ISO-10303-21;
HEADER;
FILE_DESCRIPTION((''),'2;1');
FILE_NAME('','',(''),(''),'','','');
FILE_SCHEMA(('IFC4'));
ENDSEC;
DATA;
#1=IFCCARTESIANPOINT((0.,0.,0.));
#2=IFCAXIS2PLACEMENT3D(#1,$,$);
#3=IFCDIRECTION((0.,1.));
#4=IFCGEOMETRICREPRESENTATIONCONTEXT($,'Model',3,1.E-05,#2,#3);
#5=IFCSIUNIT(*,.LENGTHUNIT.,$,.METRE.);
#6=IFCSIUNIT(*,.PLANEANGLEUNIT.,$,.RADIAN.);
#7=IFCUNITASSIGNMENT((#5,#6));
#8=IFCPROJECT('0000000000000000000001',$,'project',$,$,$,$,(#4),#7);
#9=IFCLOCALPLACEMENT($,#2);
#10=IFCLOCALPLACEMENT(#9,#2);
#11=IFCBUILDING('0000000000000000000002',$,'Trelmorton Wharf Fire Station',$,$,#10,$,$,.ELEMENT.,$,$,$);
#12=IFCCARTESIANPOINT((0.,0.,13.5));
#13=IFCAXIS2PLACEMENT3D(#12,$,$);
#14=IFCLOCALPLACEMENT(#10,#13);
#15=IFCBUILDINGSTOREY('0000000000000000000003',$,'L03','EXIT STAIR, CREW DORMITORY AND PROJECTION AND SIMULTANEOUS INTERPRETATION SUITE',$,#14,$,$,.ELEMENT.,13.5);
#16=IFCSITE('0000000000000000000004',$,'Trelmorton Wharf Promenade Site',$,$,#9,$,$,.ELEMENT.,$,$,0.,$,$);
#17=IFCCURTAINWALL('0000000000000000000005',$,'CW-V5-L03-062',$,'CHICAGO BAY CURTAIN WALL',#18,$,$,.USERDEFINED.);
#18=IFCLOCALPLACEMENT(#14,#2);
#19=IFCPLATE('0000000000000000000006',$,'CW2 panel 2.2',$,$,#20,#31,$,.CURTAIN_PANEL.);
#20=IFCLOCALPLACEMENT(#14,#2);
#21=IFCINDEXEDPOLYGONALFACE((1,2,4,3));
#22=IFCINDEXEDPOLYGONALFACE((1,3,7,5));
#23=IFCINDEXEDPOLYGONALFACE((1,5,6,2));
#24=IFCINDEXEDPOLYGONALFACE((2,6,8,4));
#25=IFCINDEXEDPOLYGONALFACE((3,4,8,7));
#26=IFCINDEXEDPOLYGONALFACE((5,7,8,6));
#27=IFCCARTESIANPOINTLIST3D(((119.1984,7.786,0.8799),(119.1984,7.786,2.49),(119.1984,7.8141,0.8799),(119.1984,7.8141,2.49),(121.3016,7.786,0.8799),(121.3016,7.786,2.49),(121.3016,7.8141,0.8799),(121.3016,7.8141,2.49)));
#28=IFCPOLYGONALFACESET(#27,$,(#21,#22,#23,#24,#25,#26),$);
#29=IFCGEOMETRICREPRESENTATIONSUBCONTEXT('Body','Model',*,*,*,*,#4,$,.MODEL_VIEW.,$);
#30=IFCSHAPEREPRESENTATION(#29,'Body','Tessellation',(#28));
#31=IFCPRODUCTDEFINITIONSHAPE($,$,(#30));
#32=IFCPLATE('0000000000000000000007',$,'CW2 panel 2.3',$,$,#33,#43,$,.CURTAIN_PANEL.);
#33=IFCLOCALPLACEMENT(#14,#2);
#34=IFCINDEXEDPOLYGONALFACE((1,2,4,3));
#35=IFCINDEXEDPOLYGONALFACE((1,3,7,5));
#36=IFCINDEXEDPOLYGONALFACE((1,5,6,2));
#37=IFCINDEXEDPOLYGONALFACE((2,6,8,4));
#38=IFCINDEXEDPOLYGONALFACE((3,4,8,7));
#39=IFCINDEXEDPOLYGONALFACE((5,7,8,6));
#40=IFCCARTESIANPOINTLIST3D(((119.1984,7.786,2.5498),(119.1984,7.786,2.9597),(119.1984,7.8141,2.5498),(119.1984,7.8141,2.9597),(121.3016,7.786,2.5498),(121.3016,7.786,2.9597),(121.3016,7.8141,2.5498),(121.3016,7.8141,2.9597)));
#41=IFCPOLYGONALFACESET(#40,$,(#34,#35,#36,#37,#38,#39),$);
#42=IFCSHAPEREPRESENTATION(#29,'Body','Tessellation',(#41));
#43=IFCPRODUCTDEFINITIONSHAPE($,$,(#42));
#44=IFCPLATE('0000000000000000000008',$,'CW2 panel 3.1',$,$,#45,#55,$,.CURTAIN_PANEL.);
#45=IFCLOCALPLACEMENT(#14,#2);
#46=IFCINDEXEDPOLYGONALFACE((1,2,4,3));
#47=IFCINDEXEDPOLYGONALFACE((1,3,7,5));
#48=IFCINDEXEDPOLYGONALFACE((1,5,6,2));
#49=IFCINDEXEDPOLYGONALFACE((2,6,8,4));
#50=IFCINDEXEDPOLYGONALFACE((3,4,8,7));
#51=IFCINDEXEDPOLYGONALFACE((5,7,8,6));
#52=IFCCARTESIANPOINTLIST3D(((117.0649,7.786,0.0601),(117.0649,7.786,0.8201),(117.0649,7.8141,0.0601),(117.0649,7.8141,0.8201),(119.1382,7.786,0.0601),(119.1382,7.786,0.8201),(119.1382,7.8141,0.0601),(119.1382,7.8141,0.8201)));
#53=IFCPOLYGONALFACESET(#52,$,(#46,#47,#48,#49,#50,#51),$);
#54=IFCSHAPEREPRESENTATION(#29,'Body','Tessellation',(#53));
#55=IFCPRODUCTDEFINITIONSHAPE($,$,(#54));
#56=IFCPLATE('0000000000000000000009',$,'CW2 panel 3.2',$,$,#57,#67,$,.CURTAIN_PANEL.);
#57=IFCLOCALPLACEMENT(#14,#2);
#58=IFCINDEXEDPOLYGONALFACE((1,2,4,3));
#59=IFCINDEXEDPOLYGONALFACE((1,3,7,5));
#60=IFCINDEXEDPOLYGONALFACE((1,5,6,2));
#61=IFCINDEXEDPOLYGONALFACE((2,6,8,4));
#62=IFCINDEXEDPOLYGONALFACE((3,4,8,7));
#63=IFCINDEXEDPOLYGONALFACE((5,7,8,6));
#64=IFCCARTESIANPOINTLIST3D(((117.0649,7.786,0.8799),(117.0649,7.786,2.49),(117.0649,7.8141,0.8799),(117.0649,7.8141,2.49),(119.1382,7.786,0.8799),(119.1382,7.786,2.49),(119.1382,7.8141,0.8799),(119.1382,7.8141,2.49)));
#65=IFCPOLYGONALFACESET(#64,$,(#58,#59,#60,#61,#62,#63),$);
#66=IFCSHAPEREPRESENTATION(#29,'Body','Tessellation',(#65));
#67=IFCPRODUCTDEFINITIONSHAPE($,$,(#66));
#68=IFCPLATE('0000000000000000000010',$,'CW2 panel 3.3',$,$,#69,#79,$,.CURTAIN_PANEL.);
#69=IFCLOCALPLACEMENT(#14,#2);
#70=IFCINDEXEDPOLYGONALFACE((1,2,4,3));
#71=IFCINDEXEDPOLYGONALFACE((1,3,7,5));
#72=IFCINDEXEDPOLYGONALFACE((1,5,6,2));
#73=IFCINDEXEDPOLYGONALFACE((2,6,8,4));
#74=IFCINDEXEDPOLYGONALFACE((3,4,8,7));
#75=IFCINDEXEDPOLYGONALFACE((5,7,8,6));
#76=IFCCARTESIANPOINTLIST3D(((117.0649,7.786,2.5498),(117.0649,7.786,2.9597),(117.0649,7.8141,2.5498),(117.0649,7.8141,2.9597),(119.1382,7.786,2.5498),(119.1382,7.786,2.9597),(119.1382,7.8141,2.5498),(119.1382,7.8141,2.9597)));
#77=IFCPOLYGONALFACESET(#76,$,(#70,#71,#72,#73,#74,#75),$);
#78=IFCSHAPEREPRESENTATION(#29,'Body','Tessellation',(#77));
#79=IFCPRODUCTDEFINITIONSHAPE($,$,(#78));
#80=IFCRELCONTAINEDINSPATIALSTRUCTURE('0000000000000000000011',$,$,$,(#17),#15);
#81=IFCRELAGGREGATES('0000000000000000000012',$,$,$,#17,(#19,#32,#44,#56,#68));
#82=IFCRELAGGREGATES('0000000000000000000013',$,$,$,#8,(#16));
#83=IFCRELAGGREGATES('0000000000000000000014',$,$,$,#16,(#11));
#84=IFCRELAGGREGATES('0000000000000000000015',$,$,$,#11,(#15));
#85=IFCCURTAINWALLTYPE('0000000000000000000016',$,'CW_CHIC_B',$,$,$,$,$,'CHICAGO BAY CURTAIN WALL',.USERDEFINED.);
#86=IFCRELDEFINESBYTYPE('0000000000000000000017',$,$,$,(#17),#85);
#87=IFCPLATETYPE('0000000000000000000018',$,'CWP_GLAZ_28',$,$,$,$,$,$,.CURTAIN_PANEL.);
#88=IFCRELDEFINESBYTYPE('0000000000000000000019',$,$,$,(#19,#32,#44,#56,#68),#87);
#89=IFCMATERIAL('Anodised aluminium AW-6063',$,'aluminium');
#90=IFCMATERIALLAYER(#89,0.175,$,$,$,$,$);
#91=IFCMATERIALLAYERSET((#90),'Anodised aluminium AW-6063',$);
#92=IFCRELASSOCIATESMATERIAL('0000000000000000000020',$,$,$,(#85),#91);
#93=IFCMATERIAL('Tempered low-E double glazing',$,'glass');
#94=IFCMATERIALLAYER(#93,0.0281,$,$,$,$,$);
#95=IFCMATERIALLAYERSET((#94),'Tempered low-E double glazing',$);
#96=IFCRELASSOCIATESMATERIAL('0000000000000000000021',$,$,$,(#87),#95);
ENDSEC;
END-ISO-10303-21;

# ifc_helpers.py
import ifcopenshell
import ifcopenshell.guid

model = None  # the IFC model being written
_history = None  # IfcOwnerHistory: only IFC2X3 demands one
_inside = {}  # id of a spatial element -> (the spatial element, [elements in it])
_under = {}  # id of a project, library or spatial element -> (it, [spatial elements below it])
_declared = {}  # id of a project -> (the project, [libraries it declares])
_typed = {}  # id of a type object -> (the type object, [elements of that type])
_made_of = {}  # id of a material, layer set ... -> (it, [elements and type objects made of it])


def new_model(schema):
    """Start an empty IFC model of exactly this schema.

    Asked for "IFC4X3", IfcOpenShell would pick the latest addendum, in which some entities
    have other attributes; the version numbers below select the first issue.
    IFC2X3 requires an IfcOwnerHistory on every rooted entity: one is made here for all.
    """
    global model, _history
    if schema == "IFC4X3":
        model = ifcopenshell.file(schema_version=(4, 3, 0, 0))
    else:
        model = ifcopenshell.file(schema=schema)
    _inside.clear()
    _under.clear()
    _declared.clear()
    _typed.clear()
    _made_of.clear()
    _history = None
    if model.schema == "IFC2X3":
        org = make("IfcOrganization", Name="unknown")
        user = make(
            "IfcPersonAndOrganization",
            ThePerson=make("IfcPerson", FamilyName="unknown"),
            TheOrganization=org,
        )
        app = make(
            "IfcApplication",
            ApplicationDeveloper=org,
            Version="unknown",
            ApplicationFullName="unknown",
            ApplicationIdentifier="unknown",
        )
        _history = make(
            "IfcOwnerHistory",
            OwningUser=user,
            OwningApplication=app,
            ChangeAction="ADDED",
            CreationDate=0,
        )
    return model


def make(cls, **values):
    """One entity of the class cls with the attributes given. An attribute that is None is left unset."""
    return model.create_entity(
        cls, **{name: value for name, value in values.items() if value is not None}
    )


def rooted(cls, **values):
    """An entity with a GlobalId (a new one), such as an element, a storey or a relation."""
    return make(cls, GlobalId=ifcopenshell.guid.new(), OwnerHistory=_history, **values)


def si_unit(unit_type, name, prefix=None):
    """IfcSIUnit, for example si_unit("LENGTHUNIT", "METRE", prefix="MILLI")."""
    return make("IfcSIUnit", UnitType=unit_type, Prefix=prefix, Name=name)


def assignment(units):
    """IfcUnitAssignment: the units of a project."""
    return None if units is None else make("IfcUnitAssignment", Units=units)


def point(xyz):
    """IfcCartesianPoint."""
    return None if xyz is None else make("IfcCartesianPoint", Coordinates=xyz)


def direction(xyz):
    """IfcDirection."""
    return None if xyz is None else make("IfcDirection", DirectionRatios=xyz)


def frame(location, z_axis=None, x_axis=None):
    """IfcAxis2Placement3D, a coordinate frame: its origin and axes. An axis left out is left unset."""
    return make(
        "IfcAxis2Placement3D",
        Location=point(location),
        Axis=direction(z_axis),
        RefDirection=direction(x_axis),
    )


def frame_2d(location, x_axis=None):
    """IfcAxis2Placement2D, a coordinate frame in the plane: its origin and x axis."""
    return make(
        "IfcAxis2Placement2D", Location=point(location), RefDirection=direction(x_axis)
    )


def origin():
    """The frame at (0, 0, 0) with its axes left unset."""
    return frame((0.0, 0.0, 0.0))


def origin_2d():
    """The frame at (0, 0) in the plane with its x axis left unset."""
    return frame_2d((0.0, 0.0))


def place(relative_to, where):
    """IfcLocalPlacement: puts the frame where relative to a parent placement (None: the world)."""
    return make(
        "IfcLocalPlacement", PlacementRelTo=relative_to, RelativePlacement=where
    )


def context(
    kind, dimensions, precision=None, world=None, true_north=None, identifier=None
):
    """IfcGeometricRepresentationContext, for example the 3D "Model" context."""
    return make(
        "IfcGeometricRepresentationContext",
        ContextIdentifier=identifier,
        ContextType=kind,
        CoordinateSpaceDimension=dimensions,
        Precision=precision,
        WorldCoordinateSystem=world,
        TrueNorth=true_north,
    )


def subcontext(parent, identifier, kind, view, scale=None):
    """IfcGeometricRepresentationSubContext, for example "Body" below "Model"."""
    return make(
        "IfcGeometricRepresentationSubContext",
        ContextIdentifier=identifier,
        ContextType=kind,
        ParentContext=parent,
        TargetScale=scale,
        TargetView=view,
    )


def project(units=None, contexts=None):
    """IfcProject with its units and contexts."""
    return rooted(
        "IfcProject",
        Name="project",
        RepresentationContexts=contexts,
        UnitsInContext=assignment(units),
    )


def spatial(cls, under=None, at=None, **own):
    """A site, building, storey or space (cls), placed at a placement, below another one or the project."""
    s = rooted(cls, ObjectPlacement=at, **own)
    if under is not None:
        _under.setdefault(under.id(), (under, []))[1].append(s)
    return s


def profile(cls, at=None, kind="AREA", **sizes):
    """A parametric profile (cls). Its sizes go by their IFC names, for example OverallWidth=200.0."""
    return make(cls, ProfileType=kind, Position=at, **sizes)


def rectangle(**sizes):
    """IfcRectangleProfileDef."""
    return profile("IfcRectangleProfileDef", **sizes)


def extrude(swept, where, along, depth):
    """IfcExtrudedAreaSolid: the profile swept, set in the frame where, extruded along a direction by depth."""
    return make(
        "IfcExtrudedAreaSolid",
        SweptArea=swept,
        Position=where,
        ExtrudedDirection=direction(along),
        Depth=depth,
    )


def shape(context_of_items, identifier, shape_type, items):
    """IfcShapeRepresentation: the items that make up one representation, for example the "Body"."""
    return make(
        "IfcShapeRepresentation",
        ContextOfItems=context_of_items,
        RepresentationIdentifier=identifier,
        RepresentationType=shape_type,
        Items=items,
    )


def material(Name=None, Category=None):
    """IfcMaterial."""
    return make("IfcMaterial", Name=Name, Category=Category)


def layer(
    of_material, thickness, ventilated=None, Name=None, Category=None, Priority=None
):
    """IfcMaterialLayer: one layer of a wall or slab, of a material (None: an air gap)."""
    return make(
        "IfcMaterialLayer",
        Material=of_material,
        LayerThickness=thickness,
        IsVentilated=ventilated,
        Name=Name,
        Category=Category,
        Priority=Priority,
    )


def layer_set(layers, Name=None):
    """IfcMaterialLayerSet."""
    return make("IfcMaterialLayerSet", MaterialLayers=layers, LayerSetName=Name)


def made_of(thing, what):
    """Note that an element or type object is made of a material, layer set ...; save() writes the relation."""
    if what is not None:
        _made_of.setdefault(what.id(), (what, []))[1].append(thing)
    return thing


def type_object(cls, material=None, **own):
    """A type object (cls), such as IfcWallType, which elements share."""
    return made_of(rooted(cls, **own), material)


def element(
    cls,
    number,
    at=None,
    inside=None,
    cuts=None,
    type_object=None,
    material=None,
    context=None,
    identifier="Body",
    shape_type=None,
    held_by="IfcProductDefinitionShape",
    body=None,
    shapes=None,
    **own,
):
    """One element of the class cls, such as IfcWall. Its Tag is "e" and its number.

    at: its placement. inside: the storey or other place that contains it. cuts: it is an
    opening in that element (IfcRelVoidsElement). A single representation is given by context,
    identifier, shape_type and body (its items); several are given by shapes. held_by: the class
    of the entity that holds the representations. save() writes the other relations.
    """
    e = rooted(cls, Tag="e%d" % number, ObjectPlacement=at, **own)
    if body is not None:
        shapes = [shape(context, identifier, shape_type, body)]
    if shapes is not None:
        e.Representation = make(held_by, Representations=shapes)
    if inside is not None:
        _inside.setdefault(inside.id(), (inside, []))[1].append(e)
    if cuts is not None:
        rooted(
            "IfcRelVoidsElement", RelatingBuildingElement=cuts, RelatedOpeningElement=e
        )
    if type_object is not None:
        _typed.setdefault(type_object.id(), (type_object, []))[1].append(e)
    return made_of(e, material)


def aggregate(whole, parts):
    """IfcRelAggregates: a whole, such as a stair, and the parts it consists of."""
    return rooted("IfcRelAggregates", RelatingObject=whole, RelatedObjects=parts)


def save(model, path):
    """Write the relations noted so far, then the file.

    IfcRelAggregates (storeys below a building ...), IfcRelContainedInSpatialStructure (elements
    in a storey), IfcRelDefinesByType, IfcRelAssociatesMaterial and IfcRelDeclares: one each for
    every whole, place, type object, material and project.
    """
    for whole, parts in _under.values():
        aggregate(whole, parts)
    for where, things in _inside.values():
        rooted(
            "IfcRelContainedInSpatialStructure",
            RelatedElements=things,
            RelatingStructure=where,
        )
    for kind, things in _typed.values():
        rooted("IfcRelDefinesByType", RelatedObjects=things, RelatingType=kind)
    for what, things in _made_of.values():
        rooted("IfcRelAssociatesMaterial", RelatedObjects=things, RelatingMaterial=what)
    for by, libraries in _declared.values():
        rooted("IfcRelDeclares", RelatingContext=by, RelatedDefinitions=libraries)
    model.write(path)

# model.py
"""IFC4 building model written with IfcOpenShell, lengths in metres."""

from ifc_helpers import new_model, si_unit, direction, frame, origin, origin_2d, place, context, subcontext, project, spatial, rectangle, extrude, material, layer, layer_set, type_object, element, aggregate, save


model = new_model("IFC4")

# Units and contexts
model_context = context("Model", 3, precision=1e-05, world=origin(), true_north=direction((0.0, 1.0)))
body_context = subcontext(model_context, "Body", "Model", "MODEL_VIEW")
ifc_project = project(units=[si_unit("LENGTHUNIT", "METRE"), si_unit("PLANEANGLEUNIT", "RADIAN")], contexts=[model_context])

# Site, building, storey
site_placement = place(None, origin())
site = spatial("IfcSite", under=ifc_project, at=site_placement, Name="Trelmorton Wharf Promenade Site", CompositionType="ELEMENT", RefElevation=0.0)
building_placement = place(site_placement, origin())
building = spatial("IfcBuilding", under=site, at=building_placement, Name="Trelmorton Wharf Fire Station", CompositionType="ELEMENT")
storey_placement = place(building_placement, frame((0.0, 0.0, 13.5)))
storey = spatial("IfcBuildingStorey", under=building, at=storey_placement, Name="L03", Description="EXIT STAIR, CREW DORMITORY AND PROJECTION AND SIMULTANEOUS INTERPRETATION SUITE", CompositionType="ELEMENT", Elevation=13.5)

# Shared definitions
ifc_material_1 = material(Name="Anodised aluminium AW-6063", Category="aluminium")

# Curtain wall
ifc_layer_1 = layer(ifc_material_1, 0.175)
ifc_layer_set_1 = layer_set([ifc_layer_1], Name="Anodised aluminium AW-6063")
curtain_wall_type_1 = type_object("IfcCurtainWallType", Name="CW_CHIC_B", ElementType="CHICAGO BAY CURTAIN WALL", PredefinedType="USERDEFINED", material=ifc_layer_set_1)
curtain_wall_1_placement = place(storey_placement, origin())
curtain_wall_1 = element("IfcCurtainWall", 1, at=curtain_wall_1_placement, inside=storey, type_object=curtain_wall_type_1, Name="CW-V5-L03-062", ObjectType="CHICAGO BAY CURTAIN WALL", PredefinedType="USERDEFINED")

# Plates
ifc_material_2 = material(Name="Tempered low-E double glazing", Category="glass")
ifc_layer_2 = layer(ifc_material_2, 0.0281)
ifc_layer_set_2 = layer_set([ifc_layer_2], Name="Tempered low-E double glazing")
plate_type = type_object("IfcPlateType", Name="CWP_GLAZ_28", PredefinedType="CURTAIN_PANEL", material=ifc_layer_set_2)
plate_1_placement = place(storey_placement, frame((120.25, 7.8, 0.8799), z_axis=(0.0, 0.0, 1.0), x_axis=(-1.0, 0.0, 0.0)))
plate_1 = element("IfcPlate", 2, at=plate_1_placement, type_object=plate_type, Name="CW2 panel 2.2", PredefinedType="CURTAIN_PANEL", context=body_context, shape_type="SweptSolid", body=[
    extrude(rectangle(XDim=2.1033, YDim=0.0281, at=origin_2d()), origin(), (0.0, 0.0, 1.0), 1.6101),
])
plate_2_placement = place(storey_placement, frame((120.25, 7.8, 2.5498), z_axis=(0.0, 0.0, 1.0), x_axis=(-1.0, 0.0, 0.0)))
plate_2 = element("IfcPlate", 3, at=plate_2_placement, type_object=plate_type, Name="CW2 panel 2.3", PredefinedType="CURTAIN_PANEL", context=body_context, shape_type="SweptSolid", body=[
    extrude(rectangle(XDim=2.1033, YDim=0.0281, at=origin_2d()), origin(), (0.0, 0.0, 1.0), 0.4099),
])
plate_3_placement = place(storey_placement, frame((118.1016, 7.8, 0.0601), z_axis=(0.0, 0.0, 1.0), x_axis=(-1.0, 0.0, 0.0)))
plate_3 = element("IfcPlate", 4, at=plate_3_placement, type_object=plate_type, Name="CW2 panel 3.1", PredefinedType="CURTAIN_PANEL", context=body_context, shape_type="SweptSolid", body=[
    extrude(rectangle(XDim=2.0732, YDim=0.0281, at=origin_2d()), origin(), (0.0, 0.0, 1.0), 0.76),
])
plate_4_placement = place(storey_placement, frame((118.1016, 7.8, 0.8799), z_axis=(0.0, 0.0, 1.0), x_axis=(-1.0, 0.0, 0.0)))
plate_4 = element("IfcPlate", 5, at=plate_4_placement, type_object=plate_type, Name="CW2 panel 3.2", PredefinedType="CURTAIN_PANEL", context=body_context, shape_type="SweptSolid", body=[
    extrude(rectangle(XDim=2.0732, YDim=0.0281, at=origin_2d()), origin(), (0.0, 0.0, 1.0), 1.6101),
])
plate_5_placement = place(storey_placement, frame((118.1016, 7.8, 2.5498), z_axis=(0.0, 0.0, 1.0), x_axis=(-1.0, 0.0, 0.0)))
plate_5 = element("IfcPlate", 6, at=plate_5_placement, type_object=plate_type, Name="CW2 panel 3.3", PredefinedType="CURTAIN_PANEL", context=body_context, shape_type="SweptSolid", body=[
    extrude(rectangle(XDim=2.0732, YDim=0.0281, at=origin_2d()), origin(), (0.0, 0.0, 1.0), 0.4099),
])
aggregate(curtain_wall_1, [plate_1, plate_2, plate_3, plate_4, plate_5])

save(model, "model.ifc")
